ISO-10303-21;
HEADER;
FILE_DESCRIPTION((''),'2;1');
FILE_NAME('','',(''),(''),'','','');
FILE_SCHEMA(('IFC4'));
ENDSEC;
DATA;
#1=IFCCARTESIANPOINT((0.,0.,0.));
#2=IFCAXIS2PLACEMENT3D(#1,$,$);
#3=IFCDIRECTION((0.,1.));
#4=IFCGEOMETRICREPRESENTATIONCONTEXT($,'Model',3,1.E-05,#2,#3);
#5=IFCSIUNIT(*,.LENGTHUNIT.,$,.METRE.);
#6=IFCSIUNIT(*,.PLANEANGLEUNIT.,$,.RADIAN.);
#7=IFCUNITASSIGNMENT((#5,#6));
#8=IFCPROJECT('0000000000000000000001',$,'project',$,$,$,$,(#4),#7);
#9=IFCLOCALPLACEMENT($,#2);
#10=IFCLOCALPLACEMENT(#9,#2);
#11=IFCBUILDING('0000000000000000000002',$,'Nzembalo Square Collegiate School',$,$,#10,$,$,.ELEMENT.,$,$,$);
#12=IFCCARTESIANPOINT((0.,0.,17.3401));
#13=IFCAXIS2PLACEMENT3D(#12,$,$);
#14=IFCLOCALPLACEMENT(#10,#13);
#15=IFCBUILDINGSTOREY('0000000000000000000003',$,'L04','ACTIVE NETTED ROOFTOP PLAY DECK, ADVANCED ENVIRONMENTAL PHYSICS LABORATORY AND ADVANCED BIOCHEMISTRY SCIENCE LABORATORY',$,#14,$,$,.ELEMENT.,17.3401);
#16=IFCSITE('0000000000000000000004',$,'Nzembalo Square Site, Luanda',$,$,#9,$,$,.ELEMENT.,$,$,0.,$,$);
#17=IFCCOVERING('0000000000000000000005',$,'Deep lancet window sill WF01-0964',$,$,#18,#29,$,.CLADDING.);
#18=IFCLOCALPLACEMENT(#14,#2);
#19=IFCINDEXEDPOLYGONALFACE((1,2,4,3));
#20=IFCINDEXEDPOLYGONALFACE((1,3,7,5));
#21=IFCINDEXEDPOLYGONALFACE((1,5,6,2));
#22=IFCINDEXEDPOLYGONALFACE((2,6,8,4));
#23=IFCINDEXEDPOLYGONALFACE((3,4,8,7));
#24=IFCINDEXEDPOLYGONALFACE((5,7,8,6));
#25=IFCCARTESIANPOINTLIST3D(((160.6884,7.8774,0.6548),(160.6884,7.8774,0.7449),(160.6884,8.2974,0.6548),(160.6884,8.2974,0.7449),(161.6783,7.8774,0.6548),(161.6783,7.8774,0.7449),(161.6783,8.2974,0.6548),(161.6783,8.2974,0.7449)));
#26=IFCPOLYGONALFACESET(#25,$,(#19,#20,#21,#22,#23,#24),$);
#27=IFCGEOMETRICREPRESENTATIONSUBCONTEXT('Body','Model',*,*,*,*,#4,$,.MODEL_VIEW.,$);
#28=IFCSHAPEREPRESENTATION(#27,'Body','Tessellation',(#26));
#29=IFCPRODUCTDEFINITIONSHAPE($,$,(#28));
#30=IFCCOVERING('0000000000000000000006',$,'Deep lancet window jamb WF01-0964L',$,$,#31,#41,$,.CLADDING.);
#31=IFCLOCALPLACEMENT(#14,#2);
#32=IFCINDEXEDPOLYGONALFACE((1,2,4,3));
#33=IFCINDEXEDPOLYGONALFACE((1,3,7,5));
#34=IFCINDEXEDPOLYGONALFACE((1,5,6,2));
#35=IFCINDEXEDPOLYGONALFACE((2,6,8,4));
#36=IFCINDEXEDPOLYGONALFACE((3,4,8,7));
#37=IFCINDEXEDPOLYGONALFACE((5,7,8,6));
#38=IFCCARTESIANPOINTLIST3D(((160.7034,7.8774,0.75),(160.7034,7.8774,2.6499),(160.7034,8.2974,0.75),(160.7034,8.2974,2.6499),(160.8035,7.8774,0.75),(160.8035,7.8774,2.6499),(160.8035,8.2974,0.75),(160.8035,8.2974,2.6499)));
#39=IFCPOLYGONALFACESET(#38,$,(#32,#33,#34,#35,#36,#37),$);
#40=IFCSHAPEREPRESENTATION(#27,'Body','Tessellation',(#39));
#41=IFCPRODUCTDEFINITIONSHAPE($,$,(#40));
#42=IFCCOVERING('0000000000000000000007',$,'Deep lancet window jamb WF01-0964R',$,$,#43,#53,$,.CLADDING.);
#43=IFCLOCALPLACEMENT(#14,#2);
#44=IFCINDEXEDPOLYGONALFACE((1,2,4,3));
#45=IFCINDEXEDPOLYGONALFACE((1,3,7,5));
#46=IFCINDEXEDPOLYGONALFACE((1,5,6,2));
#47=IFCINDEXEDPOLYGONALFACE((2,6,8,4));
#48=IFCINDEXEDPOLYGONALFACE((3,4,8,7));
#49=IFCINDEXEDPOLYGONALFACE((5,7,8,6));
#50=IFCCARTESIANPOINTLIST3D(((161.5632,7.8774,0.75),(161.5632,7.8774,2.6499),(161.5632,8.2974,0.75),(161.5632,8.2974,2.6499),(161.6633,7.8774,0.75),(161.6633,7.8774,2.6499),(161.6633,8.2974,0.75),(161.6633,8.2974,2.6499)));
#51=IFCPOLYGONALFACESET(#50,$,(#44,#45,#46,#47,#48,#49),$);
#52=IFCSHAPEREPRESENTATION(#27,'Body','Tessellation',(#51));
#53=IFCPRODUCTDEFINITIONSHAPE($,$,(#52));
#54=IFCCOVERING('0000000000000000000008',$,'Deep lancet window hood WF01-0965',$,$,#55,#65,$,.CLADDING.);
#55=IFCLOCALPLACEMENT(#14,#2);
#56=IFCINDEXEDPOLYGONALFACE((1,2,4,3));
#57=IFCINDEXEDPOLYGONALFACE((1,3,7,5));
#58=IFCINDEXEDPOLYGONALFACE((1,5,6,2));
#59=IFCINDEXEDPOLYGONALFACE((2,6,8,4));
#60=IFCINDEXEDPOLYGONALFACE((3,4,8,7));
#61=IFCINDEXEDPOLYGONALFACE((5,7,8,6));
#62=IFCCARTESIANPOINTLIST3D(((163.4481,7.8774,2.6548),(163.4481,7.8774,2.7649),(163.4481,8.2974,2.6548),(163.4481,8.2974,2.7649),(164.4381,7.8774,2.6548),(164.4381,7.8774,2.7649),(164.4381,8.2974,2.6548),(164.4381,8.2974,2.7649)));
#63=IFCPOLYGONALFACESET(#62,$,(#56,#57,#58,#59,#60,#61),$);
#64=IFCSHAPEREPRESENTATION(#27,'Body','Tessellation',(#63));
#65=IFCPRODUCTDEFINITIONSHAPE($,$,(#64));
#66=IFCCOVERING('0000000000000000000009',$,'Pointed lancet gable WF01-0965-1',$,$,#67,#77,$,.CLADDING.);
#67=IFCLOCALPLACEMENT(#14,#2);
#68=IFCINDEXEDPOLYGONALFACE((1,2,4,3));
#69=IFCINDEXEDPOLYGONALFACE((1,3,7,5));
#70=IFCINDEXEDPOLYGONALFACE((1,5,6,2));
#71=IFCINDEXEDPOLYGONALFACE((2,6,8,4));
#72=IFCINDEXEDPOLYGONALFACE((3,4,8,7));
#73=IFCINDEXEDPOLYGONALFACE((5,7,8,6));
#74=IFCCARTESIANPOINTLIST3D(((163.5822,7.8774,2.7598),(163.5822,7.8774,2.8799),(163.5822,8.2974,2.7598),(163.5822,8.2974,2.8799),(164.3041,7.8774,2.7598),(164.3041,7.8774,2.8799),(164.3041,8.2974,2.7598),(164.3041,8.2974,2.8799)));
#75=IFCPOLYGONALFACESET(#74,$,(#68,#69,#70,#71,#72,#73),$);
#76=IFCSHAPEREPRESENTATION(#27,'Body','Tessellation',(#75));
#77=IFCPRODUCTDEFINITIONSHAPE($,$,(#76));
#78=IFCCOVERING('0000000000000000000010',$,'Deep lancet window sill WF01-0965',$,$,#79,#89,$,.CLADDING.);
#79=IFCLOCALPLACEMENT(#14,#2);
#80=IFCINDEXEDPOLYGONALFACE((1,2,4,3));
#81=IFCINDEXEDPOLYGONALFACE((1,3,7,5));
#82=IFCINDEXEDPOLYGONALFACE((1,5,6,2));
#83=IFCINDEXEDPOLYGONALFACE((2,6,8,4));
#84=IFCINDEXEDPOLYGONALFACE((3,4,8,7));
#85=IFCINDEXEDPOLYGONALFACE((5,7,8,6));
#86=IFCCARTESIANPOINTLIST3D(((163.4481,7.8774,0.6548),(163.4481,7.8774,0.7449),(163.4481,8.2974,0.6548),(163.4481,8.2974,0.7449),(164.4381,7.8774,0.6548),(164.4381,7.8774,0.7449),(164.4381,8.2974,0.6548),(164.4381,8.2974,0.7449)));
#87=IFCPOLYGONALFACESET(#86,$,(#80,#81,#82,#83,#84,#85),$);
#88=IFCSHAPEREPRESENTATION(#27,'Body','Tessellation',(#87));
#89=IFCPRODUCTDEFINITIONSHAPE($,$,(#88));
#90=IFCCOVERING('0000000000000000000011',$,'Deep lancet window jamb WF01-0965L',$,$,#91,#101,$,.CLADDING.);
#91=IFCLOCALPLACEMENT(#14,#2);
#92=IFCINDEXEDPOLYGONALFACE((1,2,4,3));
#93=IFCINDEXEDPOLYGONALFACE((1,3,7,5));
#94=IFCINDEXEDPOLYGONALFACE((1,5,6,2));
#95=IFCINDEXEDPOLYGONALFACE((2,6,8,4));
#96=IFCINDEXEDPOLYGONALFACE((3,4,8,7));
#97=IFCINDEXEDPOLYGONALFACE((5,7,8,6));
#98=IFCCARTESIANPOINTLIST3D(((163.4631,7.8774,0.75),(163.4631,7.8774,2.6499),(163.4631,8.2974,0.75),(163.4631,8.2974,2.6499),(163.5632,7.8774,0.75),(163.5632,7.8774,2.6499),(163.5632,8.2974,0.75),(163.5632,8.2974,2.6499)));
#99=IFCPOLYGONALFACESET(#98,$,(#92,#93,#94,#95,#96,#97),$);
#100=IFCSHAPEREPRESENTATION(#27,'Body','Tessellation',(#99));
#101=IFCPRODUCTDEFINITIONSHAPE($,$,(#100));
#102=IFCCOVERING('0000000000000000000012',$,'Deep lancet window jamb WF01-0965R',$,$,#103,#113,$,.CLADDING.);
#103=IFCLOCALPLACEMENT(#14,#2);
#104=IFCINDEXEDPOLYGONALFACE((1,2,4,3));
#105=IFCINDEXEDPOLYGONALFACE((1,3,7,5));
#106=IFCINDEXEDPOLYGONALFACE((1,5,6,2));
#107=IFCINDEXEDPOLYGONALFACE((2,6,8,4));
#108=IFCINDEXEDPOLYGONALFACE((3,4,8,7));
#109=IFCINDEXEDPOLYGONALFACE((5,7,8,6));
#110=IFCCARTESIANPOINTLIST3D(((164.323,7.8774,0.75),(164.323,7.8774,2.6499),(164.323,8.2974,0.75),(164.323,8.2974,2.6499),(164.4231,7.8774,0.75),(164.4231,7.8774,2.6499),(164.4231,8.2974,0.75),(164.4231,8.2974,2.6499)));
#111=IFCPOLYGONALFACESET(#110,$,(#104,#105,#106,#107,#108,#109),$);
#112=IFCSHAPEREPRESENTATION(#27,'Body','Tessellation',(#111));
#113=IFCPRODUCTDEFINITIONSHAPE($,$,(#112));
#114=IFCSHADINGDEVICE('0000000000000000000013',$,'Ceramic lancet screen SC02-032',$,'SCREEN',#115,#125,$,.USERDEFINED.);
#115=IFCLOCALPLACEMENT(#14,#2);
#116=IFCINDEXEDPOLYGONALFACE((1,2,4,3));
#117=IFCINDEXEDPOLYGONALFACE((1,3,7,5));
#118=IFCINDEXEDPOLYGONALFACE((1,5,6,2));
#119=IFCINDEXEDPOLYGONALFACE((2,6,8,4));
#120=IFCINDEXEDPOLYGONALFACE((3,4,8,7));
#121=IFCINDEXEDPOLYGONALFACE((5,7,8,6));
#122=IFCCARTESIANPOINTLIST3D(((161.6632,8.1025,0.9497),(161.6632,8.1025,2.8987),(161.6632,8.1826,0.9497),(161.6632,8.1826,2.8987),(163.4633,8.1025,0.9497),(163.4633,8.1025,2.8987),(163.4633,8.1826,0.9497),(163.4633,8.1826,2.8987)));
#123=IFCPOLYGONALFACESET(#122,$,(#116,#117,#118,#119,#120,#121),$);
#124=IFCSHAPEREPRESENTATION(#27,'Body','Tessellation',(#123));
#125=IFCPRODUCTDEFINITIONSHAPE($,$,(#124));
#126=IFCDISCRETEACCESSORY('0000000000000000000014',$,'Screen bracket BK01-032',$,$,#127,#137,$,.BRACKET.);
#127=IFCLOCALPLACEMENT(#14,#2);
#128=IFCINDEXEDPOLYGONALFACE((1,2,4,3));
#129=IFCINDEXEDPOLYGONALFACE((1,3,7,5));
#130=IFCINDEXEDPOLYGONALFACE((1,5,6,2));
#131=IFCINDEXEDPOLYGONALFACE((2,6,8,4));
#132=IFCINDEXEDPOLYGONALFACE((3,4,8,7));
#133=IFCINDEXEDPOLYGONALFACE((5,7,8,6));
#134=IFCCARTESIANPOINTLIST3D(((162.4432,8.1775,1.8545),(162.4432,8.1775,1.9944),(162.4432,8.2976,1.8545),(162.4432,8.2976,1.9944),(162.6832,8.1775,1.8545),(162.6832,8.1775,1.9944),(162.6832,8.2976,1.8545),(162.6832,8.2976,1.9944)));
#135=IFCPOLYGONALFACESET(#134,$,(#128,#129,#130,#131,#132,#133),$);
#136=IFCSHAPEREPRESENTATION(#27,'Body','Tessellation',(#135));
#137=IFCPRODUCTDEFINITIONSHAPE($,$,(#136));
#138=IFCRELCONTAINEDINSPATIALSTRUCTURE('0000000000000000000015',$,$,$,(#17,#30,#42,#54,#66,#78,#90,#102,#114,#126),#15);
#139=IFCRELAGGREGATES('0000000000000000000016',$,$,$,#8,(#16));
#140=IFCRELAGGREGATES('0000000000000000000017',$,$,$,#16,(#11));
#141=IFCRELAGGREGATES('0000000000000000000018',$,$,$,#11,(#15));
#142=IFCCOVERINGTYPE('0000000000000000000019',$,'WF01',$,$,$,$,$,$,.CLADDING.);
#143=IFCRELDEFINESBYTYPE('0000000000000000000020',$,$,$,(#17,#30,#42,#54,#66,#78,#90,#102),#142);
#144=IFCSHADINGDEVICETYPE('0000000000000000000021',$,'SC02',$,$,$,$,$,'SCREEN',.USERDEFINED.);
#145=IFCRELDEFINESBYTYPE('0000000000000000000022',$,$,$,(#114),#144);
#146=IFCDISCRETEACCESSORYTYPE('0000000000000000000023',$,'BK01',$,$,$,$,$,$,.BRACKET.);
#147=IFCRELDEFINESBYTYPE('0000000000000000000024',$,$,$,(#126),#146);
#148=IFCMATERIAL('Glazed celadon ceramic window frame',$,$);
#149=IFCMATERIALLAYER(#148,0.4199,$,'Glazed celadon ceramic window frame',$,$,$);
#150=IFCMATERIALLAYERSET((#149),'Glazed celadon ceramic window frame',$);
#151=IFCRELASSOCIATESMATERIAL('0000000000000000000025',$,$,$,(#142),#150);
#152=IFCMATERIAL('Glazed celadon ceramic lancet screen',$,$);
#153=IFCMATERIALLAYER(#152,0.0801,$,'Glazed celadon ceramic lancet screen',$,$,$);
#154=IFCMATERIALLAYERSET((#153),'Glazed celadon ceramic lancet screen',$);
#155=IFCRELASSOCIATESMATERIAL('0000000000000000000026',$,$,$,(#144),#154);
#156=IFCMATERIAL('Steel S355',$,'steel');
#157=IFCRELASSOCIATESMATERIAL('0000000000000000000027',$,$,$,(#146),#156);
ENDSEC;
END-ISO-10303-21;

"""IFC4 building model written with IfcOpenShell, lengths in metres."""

from ifc_helpers import new_model, si_unit, direction, frame, origin, origin_2d, place, context, subcontext, project, spatial, rectangle, extrude, material, layer, layer_set, type_object, element, save


model = new_model("IFC4")

# Units and contexts
model_context = context("Model", 3, precision=1e-05, world=origin(), true_north=direction((0.0, 1.0)))
body_context = subcontext(model_context, "Body", "Model", "MODEL_VIEW")
ifc_project = project(units=[si_unit("LENGTHUNIT", "METRE"), si_unit("PLANEANGLEUNIT", "RADIAN")], contexts=[model_context])

# Site, building, storey
site_placement = place(None, origin())
site = spatial("IfcSite", under=ifc_project, at=site_placement, Name="Nzembalo Square Site, Luanda", CompositionType="ELEMENT", RefElevation=0.0)
building_placement = place(site_placement, origin())
building = spatial("IfcBuilding", under=site, at=building_placement, Name="Nzembalo Square Collegiate School", CompositionType="ELEMENT")
storey_placement = place(building_placement, frame((0.0, 0.0, 17.3401)))
storey = spatial("IfcBuildingStorey", under=building, at=storey_placement, Name="L04", Description="ACTIVE NETTED ROOFTOP PLAY DECK, ADVANCED ENVIRONMENTAL PHYSICS LABORATORY AND ADVANCED BIOCHEMISTRY SCIENCE LABORATORY", CompositionType="ELEMENT", Elevation=17.3401)

# Coverings
ifc_material_1 = material(Name="Glazed celadon ceramic window frame")
ifc_layer_1 = layer(ifc_material_1, 0.4199, Name="Glazed celadon ceramic window frame")
ifc_layer_set_1 = layer_set([ifc_layer_1], Name="Glazed celadon ceramic window frame")
covering_type_1 = type_object("IfcCoveringType", Name="WF01", PredefinedType="CLADDING", material=ifc_layer_set_1)
covering_1_placement = place(storey_placement, frame((161.1833, 8.0874, 0.6548), z_axis=(0.0, 0.0, 1.0), x_axis=(1.0, 0.0, 0.0)))
element("IfcCovering", 1, at=covering_1_placement, inside=storey, type_object=covering_type_1, Name="Deep lancet window sill WF01-0964", PredefinedType="CLADDING", context=body_context, shape_type="SweptSolid", body=[
    extrude(rectangle(XDim=0.99, YDim=0.4199, at=origin_2d()), origin(), (0.0, 0.0, 1.0), 0.0901),
])
for number, where, z_axis, x_axis, name in (
    (2, (160.7534, 8.0874, 0.75), (0.0, 0.0, 1.0), (1.0, 0.0, 0.0), "Deep lancet window jamb WF01-0964L"),
    (3, (161.6133, 8.0874, 0.75), (0.0, 0.0, 1.0), (1.0, 0.0, 0.0), "Deep lancet window jamb WF01-0964R"),
):
    element("IfcCovering", number, at=place(storey_placement, frame(where, z_axis=z_axis, x_axis=x_axis)), inside=storey, type_object=covering_type_1, Name=name, PredefinedType="CLADDING", context=body_context, shape_type="SweptSolid", body=[
        extrude(rectangle(XDim=0.1001, YDim=0.4199, at=origin_2d()), origin(), (0.0, 0.0, 1.0), 1.8999),
    ])
covering_2_placement = place(storey_placement, frame((163.9431, 8.0874, 2.6548), z_axis=(0.0, 0.0, 1.0), x_axis=(1.0, 0.0, 0.0)))
element("IfcCovering", 4, at=covering_2_placement, inside=storey, type_object=covering_type_1, Name="Deep lancet window hood WF01-0965", PredefinedType="CLADDING", context=body_context, shape_type="SweptSolid", body=[
    extrude(rectangle(XDim=0.99, YDim=0.4199, at=origin_2d()), origin(), (0.0, 0.0, 1.0), 0.1101),
])
covering_3_placement = place(storey_placement, frame((163.9431, 8.0874, 2.7598), z_axis=(0.0, 0.0, 1.0), x_axis=(1.0, 0.0, 0.0)))
element("IfcCovering", 5, at=covering_3_placement, inside=storey, type_object=covering_type_1, Name="Pointed lancet gable WF01-0965-1", PredefinedType="CLADDING", context=body_context, shape_type="SweptSolid", body=[
    extrude(rectangle(XDim=0.7219, YDim=0.4199, at=origin_2d()), origin(), (0.0, 0.0, 1.0), 0.1201),
])
covering_4_placement = place(storey_placement, frame((163.9431, 8.0874, 0.6548), z_axis=(0.0, 0.0, 1.0), x_axis=(1.0, 0.0, 0.0)))
element("IfcCovering", 6, at=covering_4_placement, inside=storey, type_object=covering_type_1, Name="Deep lancet window sill WF01-0965", PredefinedType="CLADDING", context=body_context, shape_type="SweptSolid", body=[
    extrude(rectangle(XDim=0.99, YDim=0.4199, at=origin_2d()), origin(), (0.0, 0.0, 1.0), 0.0901),
])
for number, where, z_axis, x_axis, name in (
    (7, (163.5132, 8.0874, 0.75), (0.0, 0.0, 1.0), (1.0, 0.0, 0.0), "Deep lancet window jamb WF01-0965L"),
    (8, (164.373, 8.0874, 0.75), (0.0, 0.0, 1.0), (1.0, 0.0, 0.0), "Deep lancet window jamb WF01-0965R"),
):
    element("IfcCovering", number, at=place(storey_placement, frame(where, z_axis=z_axis, x_axis=x_axis)), inside=storey, type_object=covering_type_1, Name=name, PredefinedType="CLADDING", context=body_context, shape_type="SweptSolid", body=[
        extrude(rectangle(XDim=0.1001, YDim=0.4199, at=origin_2d()), origin(), (0.0, 0.0, 1.0), 1.8999),
    ])

# Shading device
ifc_material_2 = material(Name="Glazed celadon ceramic lancet screen")
ifc_layer_2 = layer(ifc_material_2, 0.0801, Name="Glazed celadon ceramic lancet screen")
ifc_layer_set_2 = layer_set([ifc_layer_2], Name="Glazed celadon ceramic lancet screen")
shading_device_type = type_object("IfcShadingDeviceType", Name="SC02", ElementType="SCREEN", PredefinedType="USERDEFINED", material=ifc_layer_set_2)
shading_device_placement = place(storey_placement, frame((162.5632, 8.1426, 0.9497), z_axis=(0.0, 0.0, 1.0), x_axis=(1.0, 0.0, 0.0)))
element("IfcShadingDevice", 9, at=shading_device_placement, inside=storey, type_object=shading_device_type, Name="Ceramic lancet screen SC02-032", ObjectType="SCREEN", PredefinedType="USERDEFINED", context=body_context, shape_type="SweptSolid", body=[
    extrude(rectangle(XDim=1.8, YDim=0.0801, at=origin_2d()), origin(), (0.0, 0.0, 1.0), 1.949),
])

# Discrete accessory
ifc_material_3 = material(Name="Steel S355", Category="steel")
discrete_accessory_type = type_object("IfcDiscreteAccessoryType", Name="BK01", PredefinedType="BRACKET", material=ifc_material_3)
discrete_accessory_placement = place(storey_placement, frame((162.5632, 8.2375, 1.8545), z_axis=(0.0, 0.0, 1.0), x_axis=(1.0, 0.0, 0.0)))
element("IfcDiscreteAccessory", 10, at=discrete_accessory_placement, inside=storey, type_object=discrete_accessory_type, Name="Screen bracket BK01-032", PredefinedType="BRACKET", context=body_context, shape_type="SweptSolid", body=[
    extrude(rectangle(XDim=0.24, YDim=0.1201, at=origin_2d()), origin(), (0.0, 0.0, 1.0), 0.1399),
])

save(model, "model.ifc")
